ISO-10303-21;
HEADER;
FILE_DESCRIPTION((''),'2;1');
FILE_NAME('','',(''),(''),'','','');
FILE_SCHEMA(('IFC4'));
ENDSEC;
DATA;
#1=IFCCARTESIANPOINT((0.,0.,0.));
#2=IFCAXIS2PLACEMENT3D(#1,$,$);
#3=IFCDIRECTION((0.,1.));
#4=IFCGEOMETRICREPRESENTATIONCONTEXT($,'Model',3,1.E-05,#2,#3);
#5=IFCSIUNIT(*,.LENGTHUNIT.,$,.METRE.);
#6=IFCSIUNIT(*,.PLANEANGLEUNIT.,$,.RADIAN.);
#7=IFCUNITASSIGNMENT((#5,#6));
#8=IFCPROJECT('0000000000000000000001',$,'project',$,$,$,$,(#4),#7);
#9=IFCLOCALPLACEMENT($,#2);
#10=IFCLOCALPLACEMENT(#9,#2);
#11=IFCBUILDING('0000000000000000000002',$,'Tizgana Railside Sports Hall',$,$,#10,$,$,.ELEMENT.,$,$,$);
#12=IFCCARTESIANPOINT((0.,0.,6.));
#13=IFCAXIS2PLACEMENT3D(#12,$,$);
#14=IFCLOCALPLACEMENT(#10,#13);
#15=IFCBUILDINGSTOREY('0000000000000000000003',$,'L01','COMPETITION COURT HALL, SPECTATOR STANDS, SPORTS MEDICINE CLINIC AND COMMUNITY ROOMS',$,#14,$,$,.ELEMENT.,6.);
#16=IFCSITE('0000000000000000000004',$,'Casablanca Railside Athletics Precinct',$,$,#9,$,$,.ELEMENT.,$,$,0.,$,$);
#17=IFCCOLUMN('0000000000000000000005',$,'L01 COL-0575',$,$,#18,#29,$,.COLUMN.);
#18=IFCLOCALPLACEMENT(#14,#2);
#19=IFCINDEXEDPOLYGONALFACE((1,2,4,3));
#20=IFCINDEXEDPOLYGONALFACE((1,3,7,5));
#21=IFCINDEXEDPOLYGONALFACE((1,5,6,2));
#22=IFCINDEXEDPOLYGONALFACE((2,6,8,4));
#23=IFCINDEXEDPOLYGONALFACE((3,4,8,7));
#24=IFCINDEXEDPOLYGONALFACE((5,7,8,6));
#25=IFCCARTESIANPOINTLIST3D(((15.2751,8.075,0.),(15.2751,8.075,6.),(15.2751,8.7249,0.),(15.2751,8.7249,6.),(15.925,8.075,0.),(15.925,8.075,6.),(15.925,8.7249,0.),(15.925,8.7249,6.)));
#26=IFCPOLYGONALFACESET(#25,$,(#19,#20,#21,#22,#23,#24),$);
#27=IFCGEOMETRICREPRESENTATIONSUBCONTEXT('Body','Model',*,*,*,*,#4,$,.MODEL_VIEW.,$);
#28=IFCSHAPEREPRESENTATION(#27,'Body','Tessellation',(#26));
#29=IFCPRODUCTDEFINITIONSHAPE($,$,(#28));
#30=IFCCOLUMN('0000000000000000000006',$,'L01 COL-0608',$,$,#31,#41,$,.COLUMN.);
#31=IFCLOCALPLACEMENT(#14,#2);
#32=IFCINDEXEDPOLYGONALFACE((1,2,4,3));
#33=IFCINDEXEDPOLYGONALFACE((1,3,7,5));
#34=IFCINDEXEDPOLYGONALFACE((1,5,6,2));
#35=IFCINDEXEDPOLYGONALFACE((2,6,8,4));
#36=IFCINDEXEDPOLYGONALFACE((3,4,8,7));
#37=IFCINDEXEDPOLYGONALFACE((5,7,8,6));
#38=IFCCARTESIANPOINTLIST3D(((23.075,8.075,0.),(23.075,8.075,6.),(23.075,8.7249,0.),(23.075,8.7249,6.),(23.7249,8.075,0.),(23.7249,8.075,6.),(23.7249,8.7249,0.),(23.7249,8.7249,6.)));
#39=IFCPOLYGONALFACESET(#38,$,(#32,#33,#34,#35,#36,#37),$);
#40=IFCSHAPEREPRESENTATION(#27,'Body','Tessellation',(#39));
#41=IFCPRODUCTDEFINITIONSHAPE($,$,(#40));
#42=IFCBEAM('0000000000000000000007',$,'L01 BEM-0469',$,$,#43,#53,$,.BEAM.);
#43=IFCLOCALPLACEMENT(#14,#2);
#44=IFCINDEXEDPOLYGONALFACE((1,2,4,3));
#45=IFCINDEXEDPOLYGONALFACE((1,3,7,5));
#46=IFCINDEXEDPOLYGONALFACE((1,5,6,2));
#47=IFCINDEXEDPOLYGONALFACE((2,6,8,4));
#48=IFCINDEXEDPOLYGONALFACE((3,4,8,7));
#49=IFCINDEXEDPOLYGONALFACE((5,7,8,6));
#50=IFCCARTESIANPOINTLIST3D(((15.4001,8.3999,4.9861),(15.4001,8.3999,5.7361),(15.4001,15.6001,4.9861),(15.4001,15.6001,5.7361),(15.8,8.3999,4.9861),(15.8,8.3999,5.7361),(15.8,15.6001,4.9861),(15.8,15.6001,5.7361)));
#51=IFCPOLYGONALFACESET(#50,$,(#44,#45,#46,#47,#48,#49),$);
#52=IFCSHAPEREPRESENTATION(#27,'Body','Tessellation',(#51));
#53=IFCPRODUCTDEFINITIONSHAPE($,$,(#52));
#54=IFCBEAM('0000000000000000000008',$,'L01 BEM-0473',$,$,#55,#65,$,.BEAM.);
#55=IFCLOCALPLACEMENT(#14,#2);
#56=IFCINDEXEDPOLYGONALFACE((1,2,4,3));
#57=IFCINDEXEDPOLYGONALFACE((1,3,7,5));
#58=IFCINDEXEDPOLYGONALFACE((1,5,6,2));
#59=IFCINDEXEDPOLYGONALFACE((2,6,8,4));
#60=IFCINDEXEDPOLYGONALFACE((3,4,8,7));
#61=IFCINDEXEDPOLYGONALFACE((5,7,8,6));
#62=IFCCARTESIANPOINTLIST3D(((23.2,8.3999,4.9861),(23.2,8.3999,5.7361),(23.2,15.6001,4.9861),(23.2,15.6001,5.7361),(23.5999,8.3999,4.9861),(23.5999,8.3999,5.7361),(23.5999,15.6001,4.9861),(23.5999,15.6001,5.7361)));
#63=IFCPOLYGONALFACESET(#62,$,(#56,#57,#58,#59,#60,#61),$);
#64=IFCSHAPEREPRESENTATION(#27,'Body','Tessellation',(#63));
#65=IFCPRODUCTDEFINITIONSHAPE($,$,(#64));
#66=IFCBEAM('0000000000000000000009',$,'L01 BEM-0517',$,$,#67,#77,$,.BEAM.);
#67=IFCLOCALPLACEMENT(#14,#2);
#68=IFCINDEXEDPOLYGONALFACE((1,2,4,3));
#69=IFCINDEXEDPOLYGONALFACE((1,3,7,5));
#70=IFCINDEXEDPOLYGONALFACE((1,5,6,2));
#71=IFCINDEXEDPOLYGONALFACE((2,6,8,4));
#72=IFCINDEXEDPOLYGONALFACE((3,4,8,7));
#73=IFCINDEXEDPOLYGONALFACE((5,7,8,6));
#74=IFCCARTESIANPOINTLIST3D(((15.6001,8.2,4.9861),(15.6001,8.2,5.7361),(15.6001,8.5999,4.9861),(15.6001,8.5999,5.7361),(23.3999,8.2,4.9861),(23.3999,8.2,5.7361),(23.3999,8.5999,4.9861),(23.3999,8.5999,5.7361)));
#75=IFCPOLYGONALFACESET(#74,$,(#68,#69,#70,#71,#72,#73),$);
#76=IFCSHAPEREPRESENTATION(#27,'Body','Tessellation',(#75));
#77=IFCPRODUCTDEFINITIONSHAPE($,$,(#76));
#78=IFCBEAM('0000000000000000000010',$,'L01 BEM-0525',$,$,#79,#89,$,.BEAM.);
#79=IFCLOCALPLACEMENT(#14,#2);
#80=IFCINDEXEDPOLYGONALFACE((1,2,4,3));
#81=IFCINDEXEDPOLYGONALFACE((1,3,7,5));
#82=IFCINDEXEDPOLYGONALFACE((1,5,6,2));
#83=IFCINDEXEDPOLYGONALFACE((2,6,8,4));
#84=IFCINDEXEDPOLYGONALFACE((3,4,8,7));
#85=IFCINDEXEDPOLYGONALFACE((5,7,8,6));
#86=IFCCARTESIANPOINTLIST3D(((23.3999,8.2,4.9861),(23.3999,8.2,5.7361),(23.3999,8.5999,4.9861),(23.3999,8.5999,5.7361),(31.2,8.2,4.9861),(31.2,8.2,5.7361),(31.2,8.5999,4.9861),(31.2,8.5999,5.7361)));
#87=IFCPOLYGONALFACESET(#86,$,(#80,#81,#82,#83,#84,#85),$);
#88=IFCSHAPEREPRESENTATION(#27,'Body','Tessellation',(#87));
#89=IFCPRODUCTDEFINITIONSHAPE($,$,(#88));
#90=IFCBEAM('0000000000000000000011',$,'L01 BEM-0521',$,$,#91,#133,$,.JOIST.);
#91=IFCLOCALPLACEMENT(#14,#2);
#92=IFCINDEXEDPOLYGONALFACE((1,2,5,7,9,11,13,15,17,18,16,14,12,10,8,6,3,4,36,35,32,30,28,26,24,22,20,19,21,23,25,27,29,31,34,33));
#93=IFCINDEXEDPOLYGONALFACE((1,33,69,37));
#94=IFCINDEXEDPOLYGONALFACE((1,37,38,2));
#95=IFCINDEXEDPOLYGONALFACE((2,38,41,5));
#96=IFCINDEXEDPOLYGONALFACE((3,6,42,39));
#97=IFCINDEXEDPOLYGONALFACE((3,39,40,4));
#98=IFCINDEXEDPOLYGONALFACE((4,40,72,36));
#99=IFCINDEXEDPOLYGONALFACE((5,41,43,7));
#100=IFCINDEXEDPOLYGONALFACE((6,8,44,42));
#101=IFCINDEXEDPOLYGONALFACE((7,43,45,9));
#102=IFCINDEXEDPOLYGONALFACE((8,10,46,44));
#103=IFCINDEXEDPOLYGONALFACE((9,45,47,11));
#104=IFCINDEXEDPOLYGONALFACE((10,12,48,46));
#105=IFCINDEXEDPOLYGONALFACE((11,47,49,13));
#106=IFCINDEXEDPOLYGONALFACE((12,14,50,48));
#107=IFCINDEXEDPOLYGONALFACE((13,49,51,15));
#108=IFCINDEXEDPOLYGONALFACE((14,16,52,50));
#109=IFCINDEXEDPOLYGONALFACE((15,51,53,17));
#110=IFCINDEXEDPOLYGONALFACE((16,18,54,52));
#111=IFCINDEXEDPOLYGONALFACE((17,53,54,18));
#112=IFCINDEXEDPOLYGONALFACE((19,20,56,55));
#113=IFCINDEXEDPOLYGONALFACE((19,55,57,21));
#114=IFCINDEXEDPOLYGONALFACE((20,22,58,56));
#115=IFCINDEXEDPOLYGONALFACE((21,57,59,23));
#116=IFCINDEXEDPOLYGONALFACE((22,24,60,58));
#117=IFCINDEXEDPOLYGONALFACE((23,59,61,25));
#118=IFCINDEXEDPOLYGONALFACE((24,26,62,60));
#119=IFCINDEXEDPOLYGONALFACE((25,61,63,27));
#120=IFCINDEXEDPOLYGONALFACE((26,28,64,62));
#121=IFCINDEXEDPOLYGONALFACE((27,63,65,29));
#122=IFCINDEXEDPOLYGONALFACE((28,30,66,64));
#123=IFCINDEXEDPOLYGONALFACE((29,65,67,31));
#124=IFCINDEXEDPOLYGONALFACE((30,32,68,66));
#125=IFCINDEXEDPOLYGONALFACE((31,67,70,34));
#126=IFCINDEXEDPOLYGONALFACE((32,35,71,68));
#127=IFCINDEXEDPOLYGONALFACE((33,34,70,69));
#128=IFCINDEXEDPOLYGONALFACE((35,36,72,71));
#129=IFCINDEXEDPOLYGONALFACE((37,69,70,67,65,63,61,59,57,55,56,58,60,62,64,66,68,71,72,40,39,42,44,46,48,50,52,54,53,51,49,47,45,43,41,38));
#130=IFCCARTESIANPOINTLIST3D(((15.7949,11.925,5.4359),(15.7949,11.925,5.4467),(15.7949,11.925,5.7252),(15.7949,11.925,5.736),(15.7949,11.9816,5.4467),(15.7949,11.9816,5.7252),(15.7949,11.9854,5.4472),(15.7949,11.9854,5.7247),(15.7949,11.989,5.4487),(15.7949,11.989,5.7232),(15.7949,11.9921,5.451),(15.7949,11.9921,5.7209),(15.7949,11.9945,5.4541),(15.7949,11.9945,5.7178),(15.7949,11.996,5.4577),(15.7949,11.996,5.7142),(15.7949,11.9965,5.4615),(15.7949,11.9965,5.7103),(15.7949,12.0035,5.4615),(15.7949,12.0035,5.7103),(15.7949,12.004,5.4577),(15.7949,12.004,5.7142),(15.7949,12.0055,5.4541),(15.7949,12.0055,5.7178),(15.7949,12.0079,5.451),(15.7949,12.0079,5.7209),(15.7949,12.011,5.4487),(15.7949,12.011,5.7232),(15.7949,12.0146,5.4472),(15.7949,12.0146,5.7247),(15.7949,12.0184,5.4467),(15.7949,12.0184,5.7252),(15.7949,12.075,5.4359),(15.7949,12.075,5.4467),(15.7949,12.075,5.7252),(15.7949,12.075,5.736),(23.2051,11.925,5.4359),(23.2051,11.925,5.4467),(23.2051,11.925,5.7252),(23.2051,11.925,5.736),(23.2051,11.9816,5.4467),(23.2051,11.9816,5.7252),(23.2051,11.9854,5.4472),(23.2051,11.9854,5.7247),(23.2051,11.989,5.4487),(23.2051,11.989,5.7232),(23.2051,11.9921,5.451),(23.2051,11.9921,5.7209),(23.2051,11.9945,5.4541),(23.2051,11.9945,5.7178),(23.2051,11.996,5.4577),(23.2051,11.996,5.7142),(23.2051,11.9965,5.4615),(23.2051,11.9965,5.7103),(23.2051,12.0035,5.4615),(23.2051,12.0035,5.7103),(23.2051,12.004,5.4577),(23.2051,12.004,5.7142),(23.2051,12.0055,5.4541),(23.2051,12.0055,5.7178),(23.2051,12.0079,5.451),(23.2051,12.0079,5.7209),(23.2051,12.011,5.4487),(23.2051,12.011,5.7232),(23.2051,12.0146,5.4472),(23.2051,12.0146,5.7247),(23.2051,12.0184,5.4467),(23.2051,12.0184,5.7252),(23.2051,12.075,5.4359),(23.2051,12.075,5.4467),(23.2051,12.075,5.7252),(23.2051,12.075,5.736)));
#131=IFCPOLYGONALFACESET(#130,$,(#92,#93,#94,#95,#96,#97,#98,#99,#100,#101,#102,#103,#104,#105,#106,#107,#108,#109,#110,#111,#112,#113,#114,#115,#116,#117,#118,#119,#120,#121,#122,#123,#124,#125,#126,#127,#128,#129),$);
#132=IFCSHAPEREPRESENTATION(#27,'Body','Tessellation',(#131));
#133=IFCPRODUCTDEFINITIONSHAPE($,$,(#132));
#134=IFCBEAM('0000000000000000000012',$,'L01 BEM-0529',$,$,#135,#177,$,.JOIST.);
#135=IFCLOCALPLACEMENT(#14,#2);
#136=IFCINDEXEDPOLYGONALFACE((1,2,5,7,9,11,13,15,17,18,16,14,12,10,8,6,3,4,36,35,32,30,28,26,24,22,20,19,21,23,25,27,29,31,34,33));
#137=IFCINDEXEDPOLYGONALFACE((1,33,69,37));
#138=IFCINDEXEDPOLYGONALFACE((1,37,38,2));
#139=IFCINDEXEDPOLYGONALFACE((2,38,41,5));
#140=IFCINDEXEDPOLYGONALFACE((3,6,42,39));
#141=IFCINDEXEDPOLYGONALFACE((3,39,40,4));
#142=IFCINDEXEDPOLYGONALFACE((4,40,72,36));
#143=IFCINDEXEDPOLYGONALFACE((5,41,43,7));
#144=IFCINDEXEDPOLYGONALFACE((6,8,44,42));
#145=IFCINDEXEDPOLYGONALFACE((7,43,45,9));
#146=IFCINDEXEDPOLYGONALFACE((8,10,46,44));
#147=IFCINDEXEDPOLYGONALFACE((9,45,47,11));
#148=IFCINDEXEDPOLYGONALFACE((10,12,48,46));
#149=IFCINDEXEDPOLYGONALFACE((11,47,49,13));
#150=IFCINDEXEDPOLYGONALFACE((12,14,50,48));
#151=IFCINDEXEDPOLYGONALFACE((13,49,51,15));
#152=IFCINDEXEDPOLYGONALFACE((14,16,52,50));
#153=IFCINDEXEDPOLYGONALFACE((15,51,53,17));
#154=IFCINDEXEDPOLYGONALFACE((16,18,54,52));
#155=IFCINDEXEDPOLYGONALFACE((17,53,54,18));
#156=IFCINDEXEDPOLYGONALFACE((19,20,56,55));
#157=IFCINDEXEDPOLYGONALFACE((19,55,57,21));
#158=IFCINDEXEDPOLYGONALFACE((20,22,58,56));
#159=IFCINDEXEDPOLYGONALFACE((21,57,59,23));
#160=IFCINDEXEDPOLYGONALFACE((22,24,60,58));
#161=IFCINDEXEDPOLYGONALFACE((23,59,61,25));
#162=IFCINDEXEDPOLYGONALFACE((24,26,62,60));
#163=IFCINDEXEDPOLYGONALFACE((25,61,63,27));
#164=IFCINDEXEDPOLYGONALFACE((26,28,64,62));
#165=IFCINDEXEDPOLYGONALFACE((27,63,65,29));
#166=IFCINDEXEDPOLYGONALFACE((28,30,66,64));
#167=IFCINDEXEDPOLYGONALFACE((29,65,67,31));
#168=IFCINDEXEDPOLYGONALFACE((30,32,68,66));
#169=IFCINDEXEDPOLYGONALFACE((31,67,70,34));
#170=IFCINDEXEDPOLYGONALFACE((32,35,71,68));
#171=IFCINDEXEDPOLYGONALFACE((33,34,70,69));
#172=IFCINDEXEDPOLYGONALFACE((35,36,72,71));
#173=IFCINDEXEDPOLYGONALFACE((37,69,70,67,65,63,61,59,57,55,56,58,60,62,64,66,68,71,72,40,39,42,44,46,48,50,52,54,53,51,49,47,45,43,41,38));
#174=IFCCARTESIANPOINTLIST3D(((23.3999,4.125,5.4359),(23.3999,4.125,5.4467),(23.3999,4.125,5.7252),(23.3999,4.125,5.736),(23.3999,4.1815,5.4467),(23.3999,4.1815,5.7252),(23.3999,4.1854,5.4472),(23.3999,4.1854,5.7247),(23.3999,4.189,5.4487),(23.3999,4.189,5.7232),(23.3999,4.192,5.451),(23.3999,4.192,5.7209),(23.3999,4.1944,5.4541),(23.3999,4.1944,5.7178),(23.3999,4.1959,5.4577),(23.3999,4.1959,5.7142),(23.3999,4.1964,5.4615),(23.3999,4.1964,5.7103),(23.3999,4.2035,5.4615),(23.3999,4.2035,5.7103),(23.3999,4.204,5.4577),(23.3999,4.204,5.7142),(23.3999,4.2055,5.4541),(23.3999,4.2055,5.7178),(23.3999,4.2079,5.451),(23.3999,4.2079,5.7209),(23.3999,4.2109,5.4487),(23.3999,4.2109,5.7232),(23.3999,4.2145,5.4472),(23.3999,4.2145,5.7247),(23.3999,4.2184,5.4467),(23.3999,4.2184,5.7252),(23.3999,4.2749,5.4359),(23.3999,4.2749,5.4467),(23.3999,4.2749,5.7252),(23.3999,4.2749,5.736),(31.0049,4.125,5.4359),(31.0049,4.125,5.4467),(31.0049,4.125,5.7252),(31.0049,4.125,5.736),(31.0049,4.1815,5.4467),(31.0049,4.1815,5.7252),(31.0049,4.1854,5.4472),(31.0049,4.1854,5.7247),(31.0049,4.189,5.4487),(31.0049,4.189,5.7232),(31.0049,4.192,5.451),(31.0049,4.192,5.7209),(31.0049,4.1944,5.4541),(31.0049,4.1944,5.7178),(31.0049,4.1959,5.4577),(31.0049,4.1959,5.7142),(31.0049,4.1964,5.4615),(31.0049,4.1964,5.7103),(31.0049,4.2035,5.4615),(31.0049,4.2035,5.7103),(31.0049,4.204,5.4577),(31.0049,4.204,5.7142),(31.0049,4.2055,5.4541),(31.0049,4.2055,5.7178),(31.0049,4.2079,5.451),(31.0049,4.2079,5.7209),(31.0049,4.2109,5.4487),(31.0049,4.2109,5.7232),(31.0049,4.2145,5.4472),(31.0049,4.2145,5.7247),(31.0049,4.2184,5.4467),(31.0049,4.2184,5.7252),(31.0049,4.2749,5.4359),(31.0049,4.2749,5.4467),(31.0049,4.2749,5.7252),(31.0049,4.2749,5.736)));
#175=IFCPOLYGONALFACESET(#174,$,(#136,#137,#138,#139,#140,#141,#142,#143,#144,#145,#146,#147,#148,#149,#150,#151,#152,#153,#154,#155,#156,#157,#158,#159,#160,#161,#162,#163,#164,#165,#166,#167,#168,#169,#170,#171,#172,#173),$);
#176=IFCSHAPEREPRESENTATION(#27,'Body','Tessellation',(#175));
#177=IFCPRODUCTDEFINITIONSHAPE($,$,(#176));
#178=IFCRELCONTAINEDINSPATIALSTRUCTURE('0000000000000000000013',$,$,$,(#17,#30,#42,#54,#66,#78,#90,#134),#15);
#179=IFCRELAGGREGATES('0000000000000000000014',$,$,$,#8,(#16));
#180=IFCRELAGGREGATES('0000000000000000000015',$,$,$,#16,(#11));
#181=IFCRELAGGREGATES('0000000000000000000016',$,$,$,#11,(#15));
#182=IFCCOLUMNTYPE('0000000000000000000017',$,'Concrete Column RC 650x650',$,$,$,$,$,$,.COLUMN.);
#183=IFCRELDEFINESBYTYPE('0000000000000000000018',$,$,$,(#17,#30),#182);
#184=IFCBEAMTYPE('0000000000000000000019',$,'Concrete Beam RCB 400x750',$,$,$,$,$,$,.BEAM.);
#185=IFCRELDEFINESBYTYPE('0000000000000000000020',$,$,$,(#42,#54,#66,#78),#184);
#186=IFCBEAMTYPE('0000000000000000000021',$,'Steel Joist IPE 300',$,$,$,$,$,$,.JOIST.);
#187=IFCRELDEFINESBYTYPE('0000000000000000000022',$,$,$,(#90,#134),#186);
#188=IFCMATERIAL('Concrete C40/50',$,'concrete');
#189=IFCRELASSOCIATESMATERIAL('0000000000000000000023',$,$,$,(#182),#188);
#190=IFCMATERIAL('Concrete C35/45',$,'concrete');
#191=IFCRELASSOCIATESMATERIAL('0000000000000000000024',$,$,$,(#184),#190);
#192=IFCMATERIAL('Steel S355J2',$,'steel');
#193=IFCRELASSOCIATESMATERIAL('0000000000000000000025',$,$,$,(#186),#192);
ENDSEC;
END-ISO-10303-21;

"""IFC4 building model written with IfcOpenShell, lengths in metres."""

from ifc_helpers import new_model, si_unit, direction, frame, origin, origin_2d, place, context, subcontext, project, spatial, rectangle, i_section, extrude, material, material_profile, profile_set, type_object, element, save


model = new_model("IFC4")

# Units and contexts
model_context = context("Model", 3, precision=1e-05, world=origin(), true_north=direction((0.0, 1.0)))
body_context = subcontext(model_context, "Body", "Model", "MODEL_VIEW")
ifc_project = project(units=[si_unit("LENGTHUNIT", "METRE"), si_unit("PLANEANGLEUNIT", "RADIAN")], contexts=[model_context])

# Site, building, storey
site_placement = place(None, origin())
site = spatial("IfcSite", under=ifc_project, at=site_placement, Name="Casablanca Railside Athletics Precinct", CompositionType="ELEMENT", RefElevation=0.0)
building_placement = place(site_placement, origin())
building = spatial("IfcBuilding", under=site, at=building_placement, Name="Tizgana Railside Sports Hall", CompositionType="ELEMENT")
storey_placement = place(building_placement, frame((0.0, 0.0, 6.0)))
storey = spatial("IfcBuildingStorey", under=building, at=storey_placement, Name="L01", Description="COMPETITION COURT HALL, SPECTATOR STANDS, SPORTS MEDICINE CLINIC AND COMMUNITY ROOMS", CompositionType="ELEMENT", Elevation=6.0)

# Columns
ifc_material_1 = material(Name="Concrete C40/50", Category="concrete")
ifc_material_profile_1 = material_profile(ifc_material_1, rectangle(XDim=0.6499, YDim=0.6499, at=origin_2d()), Name="RC 650x650")
ifc_profile_set_1 = profile_set([ifc_material_profile_1], Name="Concrete C40/50")
column_type = type_object("IfcColumnType", Name="Concrete Column RC 650x650", PredefinedType="COLUMN", material=ifc_profile_set_1)
for number, where, z_axis, x_axis, name in (
    (1, (15.6001, 8.3999, 0.0), (0.0, 0.0, 1.0), (1.0, 0.0, 0.0), "L01 COL-0575"),
    (2, (23.3999, 8.3999, 0.0), (0.0, 0.0, 1.0), (1.0, 0.0, 0.0), "L01 COL-0608"),
):
    element("IfcColumn", number, at=place(storey_placement, frame(where, z_axis=z_axis, x_axis=x_axis)), inside=storey, type_object=column_type, Name=name, PredefinedType="COLUMN", context=body_context, shape_type="SweptSolid", body=[
        extrude(rectangle(XDim=0.6499, YDim=0.6499, at=origin_2d()), origin(), (0.0, 0.0, 1.0), 6.0),
    ])

# Beams
ifc_material_2 = material(Name="Concrete C35/45", Category="concrete")
ifc_material_profile_2 = material_profile(ifc_material_2, rectangle(XDim=0.3999, YDim=0.75, at=origin_2d()), Name="RCB 400x750")
ifc_profile_set_2 = profile_set([ifc_material_profile_2], Name="Concrete C35/45")
beam_type_1 = type_object("IfcBeamType", Name="Concrete Beam RCB 400x750", PredefinedType="BEAM", material=ifc_profile_set_2)
for number, where, z_axis, x_axis, name in (
    (3, (15.6001, 8.3999, 5.3611), (0.0, 1.0, 0.0), (-1.0, 0.0, 0.0), "L01 BEM-0469"),
    (4, (23.3999, 8.3999, 5.3611), (0.0, 1.0, 0.0), (-1.0, 0.0, 0.0), "L01 BEM-0473"),
):
    element("IfcBeam", number, at=place(storey_placement, frame(where, z_axis=z_axis, x_axis=x_axis)), inside=storey, type_object=beam_type_1, Name=name, PredefinedType="BEAM", context=body_context, shape_type="SweptSolid", body=[
        extrude(rectangle(XDim=0.3999, YDim=0.75, at=origin_2d()), origin(), (0.0, 0.0, 1.0), 7.2002),
    ])
beam_1_placement = place(storey_placement, frame((15.6001, 8.3999, 5.3611), z_axis=(1.0, 0.0, 0.0), x_axis=(0.0, 1.0, 0.0)))
element("IfcBeam", 5, at=beam_1_placement, inside=storey, type_object=beam_type_1, Name="L01 BEM-0517", PredefinedType="BEAM", context=body_context, shape_type="SweptSolid", body=[
    extrude(rectangle(XDim=0.3999, YDim=0.75, at=origin_2d()), origin(), (0.0, 0.0, 1.0), 7.7998),
])
beam_2_placement = place(storey_placement, frame((23.3999, 8.3999, 5.3611), z_axis=(1.0, 0.0, 0.0), x_axis=(0.0, 1.0, 0.0)))
element("IfcBeam", 6, at=beam_2_placement, inside=storey, type_object=beam_type_1, Name="L01 BEM-0525", PredefinedType="BEAM", context=body_context, shape_type="SweptSolid", body=[
    extrude(rectangle(XDim=0.3999, YDim=0.75, at=origin_2d()), origin(), (0.0, 0.0, 1.0), 7.8),
])
ifc_material_3 = material(Name="Steel S355J2", Category="steel")
ifc_material_profile_3 = material_profile(ifc_material_3, i_section(OverallWidth=0.1499, OverallDepth=0.3, WebThickness=0.0071, FlangeThickness=0.0107, FilletRadius=0.0149, at=origin_2d()), Name="IPE 300")
ifc_profile_set_3 = profile_set([ifc_material_profile_3], Name="Steel S355J2")
beam_type_2 = type_object("IfcBeamType", Name="Steel Joist IPE 300", PredefinedType="JOIST", material=ifc_profile_set_3)
beam_3_placement = place(storey_placement, frame((15.7949, 12.0, 5.5859), z_axis=(1.0, 0.0, 0.0), x_axis=(0.0, 1.0, 0.0)))
element("IfcBeam", 7, at=beam_3_placement, inside=storey, type_object=beam_type_2, Name="L01 BEM-0521", PredefinedType="JOIST", context=body_context, shape_type="SweptSolid", body=[
    extrude(i_section(OverallWidth=0.1499, OverallDepth=0.3, WebThickness=0.0071, FlangeThickness=0.0107, FilletRadius=0.0149, at=origin_2d()), origin(), (0.0, 0.0, 1.0), 7.4102),
])
beam_4_placement = place(storey_placement, frame((23.3999, 4.2, 5.5859), z_axis=(1.0, 0.0, 0.0), x_axis=(0.0, 1.0, 0.0)))
element("IfcBeam", 8, at=beam_4_placement, inside=storey, type_object=beam_type_2, Name="L01 BEM-0529", PredefinedType="JOIST", context=body_context, shape_type="SweptSolid", body=[
    extrude(i_section(OverallWidth=0.1499, OverallDepth=0.3, WebThickness=0.0071, FlangeThickness=0.0107, FilletRadius=0.0149, at=origin_2d()), origin(), (0.0, 0.0, 1.0), 7.605),
])

save(model, "model.ifc")
